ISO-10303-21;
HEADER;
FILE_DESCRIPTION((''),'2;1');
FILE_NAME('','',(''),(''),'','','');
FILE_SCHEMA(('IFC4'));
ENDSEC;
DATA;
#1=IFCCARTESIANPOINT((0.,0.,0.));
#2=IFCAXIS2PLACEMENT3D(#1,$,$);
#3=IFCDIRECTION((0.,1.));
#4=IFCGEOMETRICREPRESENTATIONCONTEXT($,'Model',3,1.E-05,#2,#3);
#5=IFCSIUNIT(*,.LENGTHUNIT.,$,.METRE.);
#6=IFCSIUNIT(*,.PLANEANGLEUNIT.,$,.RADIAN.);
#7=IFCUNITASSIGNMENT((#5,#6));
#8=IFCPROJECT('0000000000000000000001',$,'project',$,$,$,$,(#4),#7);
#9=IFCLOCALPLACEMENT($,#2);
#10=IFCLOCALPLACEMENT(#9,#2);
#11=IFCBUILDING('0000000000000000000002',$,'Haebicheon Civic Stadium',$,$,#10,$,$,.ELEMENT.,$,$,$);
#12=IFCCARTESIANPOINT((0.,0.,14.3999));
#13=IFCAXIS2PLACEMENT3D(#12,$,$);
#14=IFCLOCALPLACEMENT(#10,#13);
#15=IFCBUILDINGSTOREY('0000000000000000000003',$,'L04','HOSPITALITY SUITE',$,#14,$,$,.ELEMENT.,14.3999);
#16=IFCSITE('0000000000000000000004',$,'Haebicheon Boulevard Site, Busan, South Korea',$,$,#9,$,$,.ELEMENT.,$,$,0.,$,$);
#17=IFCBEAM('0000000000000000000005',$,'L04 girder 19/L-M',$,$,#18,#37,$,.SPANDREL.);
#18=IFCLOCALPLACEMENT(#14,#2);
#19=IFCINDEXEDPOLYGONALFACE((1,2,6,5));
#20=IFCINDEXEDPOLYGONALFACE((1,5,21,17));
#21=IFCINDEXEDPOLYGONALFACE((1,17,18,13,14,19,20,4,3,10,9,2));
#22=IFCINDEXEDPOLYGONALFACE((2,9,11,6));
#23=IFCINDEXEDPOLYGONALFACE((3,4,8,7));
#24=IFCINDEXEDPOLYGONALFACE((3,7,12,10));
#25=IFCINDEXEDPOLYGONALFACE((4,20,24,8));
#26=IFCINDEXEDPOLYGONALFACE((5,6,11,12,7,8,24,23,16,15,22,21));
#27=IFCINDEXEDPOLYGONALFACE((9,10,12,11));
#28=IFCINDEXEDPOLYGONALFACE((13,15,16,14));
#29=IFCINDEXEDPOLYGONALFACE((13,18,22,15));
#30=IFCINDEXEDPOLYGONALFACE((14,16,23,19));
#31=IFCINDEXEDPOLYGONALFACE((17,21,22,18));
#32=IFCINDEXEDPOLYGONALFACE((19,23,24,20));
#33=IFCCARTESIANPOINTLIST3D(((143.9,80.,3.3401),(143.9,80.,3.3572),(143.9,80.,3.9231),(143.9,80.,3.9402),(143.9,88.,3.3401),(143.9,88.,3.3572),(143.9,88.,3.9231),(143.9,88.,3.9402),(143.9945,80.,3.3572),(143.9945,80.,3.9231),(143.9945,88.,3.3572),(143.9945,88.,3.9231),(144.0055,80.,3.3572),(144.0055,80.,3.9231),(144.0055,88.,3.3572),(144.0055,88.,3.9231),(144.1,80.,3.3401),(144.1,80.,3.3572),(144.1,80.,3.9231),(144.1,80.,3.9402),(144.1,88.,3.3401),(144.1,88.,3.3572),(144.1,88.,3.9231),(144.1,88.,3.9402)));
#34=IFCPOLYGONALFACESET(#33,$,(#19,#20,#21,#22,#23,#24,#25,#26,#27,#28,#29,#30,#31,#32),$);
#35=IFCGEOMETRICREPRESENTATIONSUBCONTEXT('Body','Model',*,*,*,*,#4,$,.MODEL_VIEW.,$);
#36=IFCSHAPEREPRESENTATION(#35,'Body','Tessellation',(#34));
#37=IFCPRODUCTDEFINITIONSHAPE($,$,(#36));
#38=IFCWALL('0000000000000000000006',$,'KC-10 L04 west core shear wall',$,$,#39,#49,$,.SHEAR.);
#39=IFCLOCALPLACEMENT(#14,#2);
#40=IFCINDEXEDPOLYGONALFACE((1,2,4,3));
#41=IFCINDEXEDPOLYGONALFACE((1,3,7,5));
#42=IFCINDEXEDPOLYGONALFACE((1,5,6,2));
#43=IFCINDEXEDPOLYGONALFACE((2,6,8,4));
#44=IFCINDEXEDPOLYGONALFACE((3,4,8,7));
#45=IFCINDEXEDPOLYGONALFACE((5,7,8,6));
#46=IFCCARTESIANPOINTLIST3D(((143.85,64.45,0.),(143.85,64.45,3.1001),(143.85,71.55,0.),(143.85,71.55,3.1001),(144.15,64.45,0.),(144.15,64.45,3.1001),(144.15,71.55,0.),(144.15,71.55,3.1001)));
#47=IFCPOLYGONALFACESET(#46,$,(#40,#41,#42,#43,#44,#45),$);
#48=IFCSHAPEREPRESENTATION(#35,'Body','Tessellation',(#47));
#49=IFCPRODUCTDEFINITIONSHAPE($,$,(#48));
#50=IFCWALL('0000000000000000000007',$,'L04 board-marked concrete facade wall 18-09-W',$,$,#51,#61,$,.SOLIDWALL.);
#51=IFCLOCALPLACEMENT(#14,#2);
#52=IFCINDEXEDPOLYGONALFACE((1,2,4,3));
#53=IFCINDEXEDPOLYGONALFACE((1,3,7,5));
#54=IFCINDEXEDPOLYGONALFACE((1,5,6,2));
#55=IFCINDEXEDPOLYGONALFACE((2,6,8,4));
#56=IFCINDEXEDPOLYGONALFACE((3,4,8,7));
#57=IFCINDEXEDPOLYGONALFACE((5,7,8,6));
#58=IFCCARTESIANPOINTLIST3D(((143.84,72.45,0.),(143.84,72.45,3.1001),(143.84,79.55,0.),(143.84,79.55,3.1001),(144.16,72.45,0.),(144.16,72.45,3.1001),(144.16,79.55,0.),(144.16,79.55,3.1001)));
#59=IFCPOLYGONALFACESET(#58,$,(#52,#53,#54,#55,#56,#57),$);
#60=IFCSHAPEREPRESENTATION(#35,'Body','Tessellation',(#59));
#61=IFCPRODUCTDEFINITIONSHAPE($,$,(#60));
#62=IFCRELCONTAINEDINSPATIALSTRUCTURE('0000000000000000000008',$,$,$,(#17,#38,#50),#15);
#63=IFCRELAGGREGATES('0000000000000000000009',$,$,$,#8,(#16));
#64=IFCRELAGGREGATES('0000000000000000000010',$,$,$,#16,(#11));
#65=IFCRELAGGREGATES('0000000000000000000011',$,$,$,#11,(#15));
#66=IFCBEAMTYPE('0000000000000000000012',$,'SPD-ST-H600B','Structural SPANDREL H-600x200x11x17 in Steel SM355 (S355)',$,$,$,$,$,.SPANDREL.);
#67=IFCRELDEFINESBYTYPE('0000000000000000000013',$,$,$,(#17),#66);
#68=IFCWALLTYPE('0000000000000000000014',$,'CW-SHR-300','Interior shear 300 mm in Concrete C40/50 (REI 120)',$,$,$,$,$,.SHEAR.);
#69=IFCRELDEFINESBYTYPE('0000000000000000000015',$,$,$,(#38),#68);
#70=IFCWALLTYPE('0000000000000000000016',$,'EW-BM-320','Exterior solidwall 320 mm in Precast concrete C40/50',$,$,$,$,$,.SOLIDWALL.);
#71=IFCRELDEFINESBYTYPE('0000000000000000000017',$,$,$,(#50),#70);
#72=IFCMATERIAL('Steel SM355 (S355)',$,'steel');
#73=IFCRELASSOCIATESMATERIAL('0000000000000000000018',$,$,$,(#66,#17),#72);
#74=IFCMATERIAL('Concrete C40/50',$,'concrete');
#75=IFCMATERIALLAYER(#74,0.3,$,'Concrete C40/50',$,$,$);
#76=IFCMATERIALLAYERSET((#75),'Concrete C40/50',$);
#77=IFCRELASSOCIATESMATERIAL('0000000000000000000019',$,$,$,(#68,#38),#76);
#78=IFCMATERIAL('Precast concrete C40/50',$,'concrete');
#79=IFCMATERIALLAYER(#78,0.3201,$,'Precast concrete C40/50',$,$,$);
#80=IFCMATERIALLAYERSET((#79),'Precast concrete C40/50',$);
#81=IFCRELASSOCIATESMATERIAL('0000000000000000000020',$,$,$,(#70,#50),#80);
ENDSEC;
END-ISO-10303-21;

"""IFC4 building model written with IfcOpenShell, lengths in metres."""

from ifc_helpers import new_model, si_unit, direction, frame, frame_2d, origin, origin_2d, place, context, subcontext, project, spatial, rectangle, i_section, extrude, material, layer, layer_set, material_profile, profile_set, type_object, element, save


model = new_model("IFC4")

# Units and contexts
model_context = context("Model", 3, precision=1e-05, world=origin(), true_north=direction((0.0, 1.0)))
body_context = subcontext(model_context, "Body", "Model", "MODEL_VIEW")
ifc_project = project(units=[si_unit("LENGTHUNIT", "METRE"), si_unit("PLANEANGLEUNIT", "RADIAN")], contexts=[model_context])

# Site, building, storey
site_placement = place(None, origin())
site = spatial("IfcSite", under=ifc_project, at=site_placement, Name="Haebicheon Boulevard Site, Busan, South Korea", CompositionType="ELEMENT", RefElevation=0.0)
building_placement = place(site_placement, origin())
building = spatial("IfcBuilding", under=site, at=building_placement, Name="Haebicheon Civic Stadium", CompositionType="ELEMENT")
storey_placement = place(building_placement, frame((0.0, 0.0, 14.3999)))
storey = spatial("IfcBuildingStorey", under=building, at=storey_placement, Name="L04", Description="HOSPITALITY SUITE", CompositionType="ELEMENT", Elevation=14.3999)

# Beam
ifc_material_1 = material(Name="Steel SM355 (S355)", Category="steel")
ifc_material_profile_1 = material_profile(ifc_material_1, i_section(OverallWidth=0.2, OverallDepth=0.6001, WebThickness=0.011, FlangeThickness=0.0171, at=origin_2d()), Name="H-600x200x11x17")
ifc_profile_set_1 = profile_set([ifc_material_profile_1], Name="Steel SM355 (S355)")
beam_type_1 = type_object("IfcBeamType", Name="SPD-ST-H600B", Description="Structural SPANDREL H-600x200x11x17 in Steel SM355 (S355)", PredefinedType="SPANDREL", material=ifc_profile_set_1)
for number, where, z_axis, x_axis, name in (
    (1, (144.0, 80.0, 3.6401), (0.0, 1.0, 0.0), (-1.0, 0.0, 0.0), "L04 girder 19/L-M"),
):
    element("IfcBeam", number, at=place(storey_placement, frame(where, z_axis=z_axis, x_axis=x_axis)), inside=storey, type_object=beam_type_1, material=ifc_profile_set_1, Name=name, PredefinedType="SPANDREL", context=body_context, shape_type="SweptSolid", body=[
        extrude(i_section(OverallWidth=0.2, OverallDepth=0.6001, WebThickness=0.011, FlangeThickness=0.0171, at=origin_2d()), origin(), (0.0, 0.0, 1.0), 8.0),
    ])

# Walls
ifc_material_2 = material(Name="Concrete C40/50", Category="concrete")
ifc_layer_1 = layer(ifc_material_2, 0.3, Name="Concrete C40/50")
ifc_layer_set_1 = layer_set([ifc_layer_1], Name="Concrete C40/50")
wall_type_1 = type_object("IfcWallType", Name="CW-SHR-300", Description="Interior shear 300 mm in Concrete C40/50 (REI 120)", PredefinedType="SHEAR", material=ifc_layer_set_1)
wall_1_placement = place(storey_placement, frame((144.0, 64.45, 0.0), z_axis=(0.0, 0.0, 1.0), x_axis=(0.0, 1.0, 0.0)))
element("IfcWall", 2, at=wall_1_placement, inside=storey, type_object=wall_type_1, material=ifc_layer_set_1, Name="KC-10 L04 west core shear wall", PredefinedType="SHEAR", context=body_context, shape_type="SweptSolid", body=[
    extrude(rectangle(XDim=7.1001, YDim=0.3, at=frame_2d((3.55, 0.0))), origin(), (0.0, 0.0, 1.0), 3.1001),
])
ifc_material_3 = material(Name="Precast concrete C40/50", Category="concrete")
ifc_layer_2 = layer(ifc_material_3, 0.3201, Name="Precast concrete C40/50")
ifc_layer_set_2 = layer_set([ifc_layer_2], Name="Precast concrete C40/50")
wall_type_2 = type_object("IfcWallType", Name="EW-BM-320", Description="Exterior solidwall 320 mm in Precast concrete C40/50", PredefinedType="SOLIDWALL", material=ifc_layer_set_2)
wall_2_placement = place(storey_placement, frame((144.0, 72.45, 0.0), z_axis=(0.0, 0.0, 1.0), x_axis=(0.0, 1.0, 0.0)))
element("IfcWall", 3, at=wall_2_placement, inside=storey, type_object=wall_type_2, material=ifc_layer_set_2, Name="L04 board-marked concrete facade wall 18-09-W", PredefinedType="SOLIDWALL", context=body_context, shape_type="SweptSolid", body=[
    extrude(rectangle(XDim=7.1001, YDim=0.3201, at=frame_2d((3.55, 0.0))), origin(), (0.0, 0.0, 1.0), 3.1001),
])

save(model, "model.ifc")
